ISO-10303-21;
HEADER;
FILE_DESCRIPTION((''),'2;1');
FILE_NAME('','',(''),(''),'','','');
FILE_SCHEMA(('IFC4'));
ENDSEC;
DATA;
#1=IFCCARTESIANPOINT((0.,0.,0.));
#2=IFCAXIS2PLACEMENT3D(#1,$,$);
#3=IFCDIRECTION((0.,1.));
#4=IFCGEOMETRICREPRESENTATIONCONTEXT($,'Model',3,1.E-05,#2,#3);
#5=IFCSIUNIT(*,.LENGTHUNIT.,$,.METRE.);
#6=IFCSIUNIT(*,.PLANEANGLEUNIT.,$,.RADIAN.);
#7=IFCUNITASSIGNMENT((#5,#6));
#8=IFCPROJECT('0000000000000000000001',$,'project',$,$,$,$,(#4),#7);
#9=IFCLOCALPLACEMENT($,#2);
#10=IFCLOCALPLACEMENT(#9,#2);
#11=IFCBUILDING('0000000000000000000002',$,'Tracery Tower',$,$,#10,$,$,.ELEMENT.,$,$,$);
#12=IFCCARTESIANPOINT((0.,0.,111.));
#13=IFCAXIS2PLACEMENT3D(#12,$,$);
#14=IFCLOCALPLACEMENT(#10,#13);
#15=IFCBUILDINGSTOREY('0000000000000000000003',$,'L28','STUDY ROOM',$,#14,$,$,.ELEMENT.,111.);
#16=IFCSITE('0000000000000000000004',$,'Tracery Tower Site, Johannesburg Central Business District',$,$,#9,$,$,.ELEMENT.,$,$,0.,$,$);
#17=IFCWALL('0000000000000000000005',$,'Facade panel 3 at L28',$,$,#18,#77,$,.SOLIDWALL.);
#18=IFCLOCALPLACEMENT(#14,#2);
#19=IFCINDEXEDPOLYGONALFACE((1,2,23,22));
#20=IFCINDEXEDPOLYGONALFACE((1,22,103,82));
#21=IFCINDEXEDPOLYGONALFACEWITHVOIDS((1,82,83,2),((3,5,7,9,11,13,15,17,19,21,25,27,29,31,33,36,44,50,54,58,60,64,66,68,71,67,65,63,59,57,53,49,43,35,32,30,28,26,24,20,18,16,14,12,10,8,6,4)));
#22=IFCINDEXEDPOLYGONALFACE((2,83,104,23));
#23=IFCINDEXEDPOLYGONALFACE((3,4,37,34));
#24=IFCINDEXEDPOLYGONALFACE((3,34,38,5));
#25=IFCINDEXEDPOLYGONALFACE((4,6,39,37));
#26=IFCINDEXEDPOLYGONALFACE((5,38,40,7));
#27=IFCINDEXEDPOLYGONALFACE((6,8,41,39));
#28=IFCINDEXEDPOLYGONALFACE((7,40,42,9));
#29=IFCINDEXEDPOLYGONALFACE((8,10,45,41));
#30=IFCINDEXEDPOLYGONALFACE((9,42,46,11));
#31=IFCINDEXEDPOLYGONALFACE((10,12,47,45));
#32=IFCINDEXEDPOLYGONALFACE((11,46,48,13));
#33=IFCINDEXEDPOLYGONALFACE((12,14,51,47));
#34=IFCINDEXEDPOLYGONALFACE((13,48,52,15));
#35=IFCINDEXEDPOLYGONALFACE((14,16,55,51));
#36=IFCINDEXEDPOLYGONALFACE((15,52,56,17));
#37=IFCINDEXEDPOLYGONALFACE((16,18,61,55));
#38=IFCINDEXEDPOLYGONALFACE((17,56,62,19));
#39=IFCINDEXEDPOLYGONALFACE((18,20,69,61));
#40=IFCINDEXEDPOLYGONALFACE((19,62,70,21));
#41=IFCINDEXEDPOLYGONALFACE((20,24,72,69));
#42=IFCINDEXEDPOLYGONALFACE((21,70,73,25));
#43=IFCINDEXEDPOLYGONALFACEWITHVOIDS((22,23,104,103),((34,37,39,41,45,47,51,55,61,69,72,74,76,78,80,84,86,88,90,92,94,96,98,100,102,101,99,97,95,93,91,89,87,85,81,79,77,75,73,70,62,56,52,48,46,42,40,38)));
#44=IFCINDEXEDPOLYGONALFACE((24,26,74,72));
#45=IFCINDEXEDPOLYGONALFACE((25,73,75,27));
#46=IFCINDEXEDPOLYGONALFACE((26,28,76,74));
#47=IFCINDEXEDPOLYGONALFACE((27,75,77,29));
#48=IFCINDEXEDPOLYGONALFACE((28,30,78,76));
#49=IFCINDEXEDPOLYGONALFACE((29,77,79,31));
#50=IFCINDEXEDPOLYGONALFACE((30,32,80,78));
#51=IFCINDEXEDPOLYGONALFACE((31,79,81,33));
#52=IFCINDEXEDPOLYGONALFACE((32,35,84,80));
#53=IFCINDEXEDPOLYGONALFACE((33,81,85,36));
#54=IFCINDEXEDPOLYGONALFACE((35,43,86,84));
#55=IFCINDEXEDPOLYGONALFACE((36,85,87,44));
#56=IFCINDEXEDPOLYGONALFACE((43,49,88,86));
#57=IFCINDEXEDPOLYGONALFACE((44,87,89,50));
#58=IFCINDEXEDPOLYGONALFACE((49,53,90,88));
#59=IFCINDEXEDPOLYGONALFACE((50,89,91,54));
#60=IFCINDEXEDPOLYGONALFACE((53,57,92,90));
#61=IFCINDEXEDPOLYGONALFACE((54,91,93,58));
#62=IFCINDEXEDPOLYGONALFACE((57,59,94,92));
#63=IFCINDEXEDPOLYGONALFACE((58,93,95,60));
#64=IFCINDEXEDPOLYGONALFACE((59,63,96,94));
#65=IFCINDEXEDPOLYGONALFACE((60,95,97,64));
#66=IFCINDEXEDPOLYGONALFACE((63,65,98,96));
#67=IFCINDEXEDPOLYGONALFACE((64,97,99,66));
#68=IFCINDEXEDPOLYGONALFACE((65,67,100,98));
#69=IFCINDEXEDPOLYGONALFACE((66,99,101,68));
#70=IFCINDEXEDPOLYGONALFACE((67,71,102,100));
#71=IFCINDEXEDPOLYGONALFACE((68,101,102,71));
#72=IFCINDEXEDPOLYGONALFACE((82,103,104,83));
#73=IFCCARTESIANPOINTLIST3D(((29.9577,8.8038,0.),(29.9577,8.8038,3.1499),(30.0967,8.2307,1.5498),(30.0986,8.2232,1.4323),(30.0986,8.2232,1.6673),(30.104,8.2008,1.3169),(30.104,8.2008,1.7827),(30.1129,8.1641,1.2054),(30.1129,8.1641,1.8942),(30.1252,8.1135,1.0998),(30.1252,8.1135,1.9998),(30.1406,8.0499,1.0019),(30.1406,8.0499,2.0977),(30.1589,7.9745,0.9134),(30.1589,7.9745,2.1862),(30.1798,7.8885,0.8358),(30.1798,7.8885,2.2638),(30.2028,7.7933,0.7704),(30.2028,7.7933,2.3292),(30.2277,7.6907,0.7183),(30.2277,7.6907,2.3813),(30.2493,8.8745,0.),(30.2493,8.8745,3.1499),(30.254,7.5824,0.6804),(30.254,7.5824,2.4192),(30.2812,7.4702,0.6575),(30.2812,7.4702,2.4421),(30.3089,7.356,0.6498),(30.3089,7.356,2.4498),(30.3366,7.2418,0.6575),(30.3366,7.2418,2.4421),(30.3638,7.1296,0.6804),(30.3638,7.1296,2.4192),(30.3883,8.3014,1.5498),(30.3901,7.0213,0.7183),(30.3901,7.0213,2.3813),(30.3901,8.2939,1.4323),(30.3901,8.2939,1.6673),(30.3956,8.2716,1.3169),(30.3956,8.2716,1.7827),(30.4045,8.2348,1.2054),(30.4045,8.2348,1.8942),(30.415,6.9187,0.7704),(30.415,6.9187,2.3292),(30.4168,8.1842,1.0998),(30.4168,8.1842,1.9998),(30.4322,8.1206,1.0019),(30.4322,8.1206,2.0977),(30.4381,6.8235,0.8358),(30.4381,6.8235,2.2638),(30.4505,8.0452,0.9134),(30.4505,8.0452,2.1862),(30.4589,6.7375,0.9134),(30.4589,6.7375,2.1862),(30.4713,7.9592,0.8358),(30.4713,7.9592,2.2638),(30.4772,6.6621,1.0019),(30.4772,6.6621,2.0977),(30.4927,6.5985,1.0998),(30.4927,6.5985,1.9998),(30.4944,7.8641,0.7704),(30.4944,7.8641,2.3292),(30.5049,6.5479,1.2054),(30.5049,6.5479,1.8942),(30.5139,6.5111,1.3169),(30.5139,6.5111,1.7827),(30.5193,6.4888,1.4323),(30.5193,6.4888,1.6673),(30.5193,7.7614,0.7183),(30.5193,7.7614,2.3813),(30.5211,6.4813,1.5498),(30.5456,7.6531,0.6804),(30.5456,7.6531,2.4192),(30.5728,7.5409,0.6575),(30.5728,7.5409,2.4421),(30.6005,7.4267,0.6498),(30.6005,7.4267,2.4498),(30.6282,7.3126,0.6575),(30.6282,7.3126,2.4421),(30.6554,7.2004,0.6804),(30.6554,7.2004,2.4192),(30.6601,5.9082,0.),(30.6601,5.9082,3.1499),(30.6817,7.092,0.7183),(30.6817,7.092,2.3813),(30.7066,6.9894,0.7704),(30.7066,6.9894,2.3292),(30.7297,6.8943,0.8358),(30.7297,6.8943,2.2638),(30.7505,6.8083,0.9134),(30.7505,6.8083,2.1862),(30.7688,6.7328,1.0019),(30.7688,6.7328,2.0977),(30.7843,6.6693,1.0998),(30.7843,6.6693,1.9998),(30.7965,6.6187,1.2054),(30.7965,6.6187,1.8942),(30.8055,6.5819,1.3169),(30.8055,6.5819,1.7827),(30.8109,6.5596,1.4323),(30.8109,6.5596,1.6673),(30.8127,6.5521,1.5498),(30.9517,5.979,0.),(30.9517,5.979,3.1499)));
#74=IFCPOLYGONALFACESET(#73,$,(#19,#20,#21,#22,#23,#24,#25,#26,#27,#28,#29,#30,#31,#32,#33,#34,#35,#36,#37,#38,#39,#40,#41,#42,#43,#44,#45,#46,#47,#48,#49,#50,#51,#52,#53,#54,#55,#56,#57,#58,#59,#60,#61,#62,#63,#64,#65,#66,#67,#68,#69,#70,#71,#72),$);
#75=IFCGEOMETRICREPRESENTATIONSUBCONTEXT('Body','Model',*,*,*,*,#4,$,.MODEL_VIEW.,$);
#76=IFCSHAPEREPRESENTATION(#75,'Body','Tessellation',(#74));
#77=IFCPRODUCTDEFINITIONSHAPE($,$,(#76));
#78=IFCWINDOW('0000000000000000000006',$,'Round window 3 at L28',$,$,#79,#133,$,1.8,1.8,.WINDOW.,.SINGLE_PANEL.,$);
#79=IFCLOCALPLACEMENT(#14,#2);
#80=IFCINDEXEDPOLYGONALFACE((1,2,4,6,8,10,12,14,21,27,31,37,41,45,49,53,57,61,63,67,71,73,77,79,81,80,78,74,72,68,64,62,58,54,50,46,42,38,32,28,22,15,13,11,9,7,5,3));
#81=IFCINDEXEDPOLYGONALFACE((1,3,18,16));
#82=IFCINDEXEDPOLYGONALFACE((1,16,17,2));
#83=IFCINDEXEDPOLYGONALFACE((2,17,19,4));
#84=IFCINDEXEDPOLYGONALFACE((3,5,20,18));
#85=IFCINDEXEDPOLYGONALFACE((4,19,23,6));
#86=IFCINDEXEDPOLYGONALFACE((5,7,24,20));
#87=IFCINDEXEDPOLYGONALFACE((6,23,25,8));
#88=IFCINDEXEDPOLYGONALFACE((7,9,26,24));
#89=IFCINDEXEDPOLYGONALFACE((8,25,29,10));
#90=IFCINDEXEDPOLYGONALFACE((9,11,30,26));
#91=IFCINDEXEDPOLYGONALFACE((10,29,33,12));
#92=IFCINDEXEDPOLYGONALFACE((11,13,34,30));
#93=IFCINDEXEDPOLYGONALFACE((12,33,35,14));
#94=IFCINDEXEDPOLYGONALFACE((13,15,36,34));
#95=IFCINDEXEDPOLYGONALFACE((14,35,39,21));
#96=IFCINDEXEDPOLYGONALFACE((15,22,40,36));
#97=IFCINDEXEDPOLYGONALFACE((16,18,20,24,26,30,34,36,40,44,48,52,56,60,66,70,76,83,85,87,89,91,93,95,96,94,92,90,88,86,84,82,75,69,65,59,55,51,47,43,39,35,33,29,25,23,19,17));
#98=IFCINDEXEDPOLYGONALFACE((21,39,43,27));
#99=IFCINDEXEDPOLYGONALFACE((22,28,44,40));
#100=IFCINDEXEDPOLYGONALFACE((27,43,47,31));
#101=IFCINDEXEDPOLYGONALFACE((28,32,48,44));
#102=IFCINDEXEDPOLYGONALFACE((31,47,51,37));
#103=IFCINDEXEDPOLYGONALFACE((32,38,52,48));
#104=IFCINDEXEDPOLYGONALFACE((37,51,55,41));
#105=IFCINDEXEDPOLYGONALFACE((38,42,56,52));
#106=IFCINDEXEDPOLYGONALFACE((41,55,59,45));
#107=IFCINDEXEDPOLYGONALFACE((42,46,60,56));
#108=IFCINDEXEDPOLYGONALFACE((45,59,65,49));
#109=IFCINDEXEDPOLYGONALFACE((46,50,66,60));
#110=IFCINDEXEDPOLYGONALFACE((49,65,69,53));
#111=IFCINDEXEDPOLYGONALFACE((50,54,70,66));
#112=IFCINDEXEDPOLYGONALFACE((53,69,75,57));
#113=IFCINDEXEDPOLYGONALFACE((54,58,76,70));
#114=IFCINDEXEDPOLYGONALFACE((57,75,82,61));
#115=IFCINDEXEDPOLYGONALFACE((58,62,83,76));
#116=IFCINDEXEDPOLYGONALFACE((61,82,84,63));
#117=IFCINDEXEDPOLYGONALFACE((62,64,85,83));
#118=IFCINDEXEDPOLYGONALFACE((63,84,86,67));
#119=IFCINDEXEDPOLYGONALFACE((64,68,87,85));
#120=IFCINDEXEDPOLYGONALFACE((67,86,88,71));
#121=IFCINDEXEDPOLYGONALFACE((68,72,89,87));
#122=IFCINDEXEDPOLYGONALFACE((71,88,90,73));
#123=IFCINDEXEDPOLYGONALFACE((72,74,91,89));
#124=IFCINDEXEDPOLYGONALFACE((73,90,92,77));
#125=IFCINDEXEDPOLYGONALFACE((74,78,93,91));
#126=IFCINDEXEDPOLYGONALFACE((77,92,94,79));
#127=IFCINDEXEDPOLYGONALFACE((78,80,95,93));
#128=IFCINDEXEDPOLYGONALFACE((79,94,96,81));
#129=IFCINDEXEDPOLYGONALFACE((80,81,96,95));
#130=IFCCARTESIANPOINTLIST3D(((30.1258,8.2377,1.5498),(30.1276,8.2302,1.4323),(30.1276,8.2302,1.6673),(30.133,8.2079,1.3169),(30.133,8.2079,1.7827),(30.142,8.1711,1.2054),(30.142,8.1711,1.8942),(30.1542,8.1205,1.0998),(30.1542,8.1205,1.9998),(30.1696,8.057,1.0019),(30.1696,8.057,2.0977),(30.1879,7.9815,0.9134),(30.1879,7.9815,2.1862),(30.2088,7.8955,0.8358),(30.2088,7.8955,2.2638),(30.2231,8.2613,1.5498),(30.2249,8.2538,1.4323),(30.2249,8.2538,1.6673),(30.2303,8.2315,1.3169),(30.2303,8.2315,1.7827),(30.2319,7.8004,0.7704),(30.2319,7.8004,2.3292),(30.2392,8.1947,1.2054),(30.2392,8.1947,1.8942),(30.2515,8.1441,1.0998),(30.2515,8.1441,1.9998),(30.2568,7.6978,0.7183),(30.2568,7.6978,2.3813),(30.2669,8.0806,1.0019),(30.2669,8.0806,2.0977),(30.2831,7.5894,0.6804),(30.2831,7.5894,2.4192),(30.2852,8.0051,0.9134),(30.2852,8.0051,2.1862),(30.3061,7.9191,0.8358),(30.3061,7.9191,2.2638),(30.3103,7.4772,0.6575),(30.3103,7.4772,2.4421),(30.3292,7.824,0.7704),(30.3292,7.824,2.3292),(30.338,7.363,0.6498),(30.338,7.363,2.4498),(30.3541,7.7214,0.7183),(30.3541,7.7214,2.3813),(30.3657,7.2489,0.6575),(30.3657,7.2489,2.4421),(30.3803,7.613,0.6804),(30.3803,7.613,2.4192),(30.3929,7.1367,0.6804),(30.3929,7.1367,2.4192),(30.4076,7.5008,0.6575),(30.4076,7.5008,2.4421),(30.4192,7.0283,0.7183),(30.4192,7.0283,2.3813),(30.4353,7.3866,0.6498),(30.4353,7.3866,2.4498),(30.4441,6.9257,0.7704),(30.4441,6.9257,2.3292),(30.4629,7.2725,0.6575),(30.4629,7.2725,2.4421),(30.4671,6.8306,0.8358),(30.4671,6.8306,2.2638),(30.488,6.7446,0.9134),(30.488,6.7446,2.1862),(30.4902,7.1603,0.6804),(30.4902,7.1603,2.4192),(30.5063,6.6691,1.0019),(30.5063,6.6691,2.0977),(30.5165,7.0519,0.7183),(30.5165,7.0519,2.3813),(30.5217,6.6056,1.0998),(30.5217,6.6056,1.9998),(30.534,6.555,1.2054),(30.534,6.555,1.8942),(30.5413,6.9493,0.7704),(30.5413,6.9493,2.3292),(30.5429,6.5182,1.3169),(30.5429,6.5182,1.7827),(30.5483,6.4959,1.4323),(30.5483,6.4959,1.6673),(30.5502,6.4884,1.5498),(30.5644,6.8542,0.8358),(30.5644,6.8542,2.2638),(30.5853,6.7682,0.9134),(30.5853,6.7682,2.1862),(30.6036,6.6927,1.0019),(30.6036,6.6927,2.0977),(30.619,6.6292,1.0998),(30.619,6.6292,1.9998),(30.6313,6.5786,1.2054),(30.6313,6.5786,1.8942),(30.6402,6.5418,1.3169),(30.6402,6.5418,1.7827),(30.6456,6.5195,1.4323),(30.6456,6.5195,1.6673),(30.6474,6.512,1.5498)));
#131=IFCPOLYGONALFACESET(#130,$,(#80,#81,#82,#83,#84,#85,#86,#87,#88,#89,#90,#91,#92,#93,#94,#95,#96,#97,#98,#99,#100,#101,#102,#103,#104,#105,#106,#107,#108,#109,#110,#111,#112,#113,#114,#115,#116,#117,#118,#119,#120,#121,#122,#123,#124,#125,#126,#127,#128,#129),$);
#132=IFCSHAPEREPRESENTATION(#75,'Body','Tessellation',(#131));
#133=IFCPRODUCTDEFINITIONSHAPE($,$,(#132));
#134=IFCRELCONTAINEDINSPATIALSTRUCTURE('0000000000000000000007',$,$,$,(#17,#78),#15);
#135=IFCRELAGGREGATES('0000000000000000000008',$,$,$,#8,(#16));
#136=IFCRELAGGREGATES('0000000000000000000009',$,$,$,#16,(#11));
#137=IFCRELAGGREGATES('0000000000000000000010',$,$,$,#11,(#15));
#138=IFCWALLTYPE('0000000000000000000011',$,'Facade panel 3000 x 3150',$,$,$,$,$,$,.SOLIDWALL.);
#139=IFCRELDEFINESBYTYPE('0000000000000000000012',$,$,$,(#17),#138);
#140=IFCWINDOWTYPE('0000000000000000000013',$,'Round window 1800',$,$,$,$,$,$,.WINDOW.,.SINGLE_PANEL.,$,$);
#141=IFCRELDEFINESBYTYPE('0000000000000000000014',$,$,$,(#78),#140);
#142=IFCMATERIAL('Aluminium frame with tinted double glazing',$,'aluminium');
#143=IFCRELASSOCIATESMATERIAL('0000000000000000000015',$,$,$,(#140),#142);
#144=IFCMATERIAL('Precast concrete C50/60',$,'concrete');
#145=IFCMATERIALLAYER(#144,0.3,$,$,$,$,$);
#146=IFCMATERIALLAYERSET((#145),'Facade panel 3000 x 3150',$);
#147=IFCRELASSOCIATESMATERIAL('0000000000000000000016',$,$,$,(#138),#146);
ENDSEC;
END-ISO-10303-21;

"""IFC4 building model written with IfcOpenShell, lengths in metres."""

from ifc_helpers import new_model, si_unit, direction, frame, frame_2d, origin, origin_2d, place, context, subcontext, project, spatial, rectangle, circle, extrude, material, layer, layer_set, type_object, element, fill, save


model = new_model("IFC4")

# Units and contexts
model_context = context("Model", 3, precision=1e-05, world=origin(), true_north=direction((0.0, 1.0)))
body_context = subcontext(model_context, "Body", "Model", "MODEL_VIEW")
ifc_project = project(units=[si_unit("LENGTHUNIT", "METRE"), si_unit("PLANEANGLEUNIT", "RADIAN")], contexts=[model_context])

# Site, building, storey
site_placement = place(None, origin())
site = spatial("IfcSite", under=ifc_project, at=site_placement, Name="Tracery Tower Site, Johannesburg Central Business District", CompositionType="ELEMENT", RefElevation=0.0)
building_placement = place(site_placement, origin())
building = spatial("IfcBuilding", under=site, at=building_placement, Name="Tracery Tower", CompositionType="ELEMENT")
storey_placement = place(building_placement, frame((0.0, 0.0, 111.0)))
storey = spatial("IfcBuildingStorey", under=building, at=storey_placement, Name="L28", Description="STUDY ROOM", CompositionType="ELEMENT", Elevation=111.0)

# Wall, opening, window
ifc_material_1 = material(Name="Aluminium frame with tinted double glazing", Category="aluminium")
window_type = type_object("IfcWindowType", Name="Round window 1800", PartitioningType="SINGLE_PANEL", PredefinedType="WINDOW", material=ifc_material_1)
ifc_material_2 = material(Name="Precast concrete C50/60", Category="concrete")
ifc_layer_1 = layer(ifc_material_2, 0.3)
ifc_layer_set_1 = layer_set([ifc_layer_1], Name="Facade panel 3000 x 3150")
wall_type_1 = type_object("IfcWallType", Name="Facade panel 3000 x 3150", PredefinedType="SOLIDWALL", material=ifc_layer_set_1)
wall_1_placement = place(storey_placement, frame((30.8059, 5.9436, 0.0), z_axis=(0.0, 0.0, 1.0), x_axis=(-0.235743, 0.971815, 0.0)))
wall_1 = element("IfcWall", 1, at=wall_1_placement, inside=storey, type_object=wall_type_1, Name="Facade panel 3 at L28", PredefinedType="SOLIDWALL", context=body_context, shape_type="SweptSolid", body=[
    extrude(rectangle(XDim=2.9795, YDim=0.3, at=frame_2d((1.4897, 0.0))), origin(), (0.0, 0.0, 1.0), 3.1499),
])
opening_1_placement = place(wall_1_placement, frame((1.4897, 0.0, 1.5498)))
opening_1 = element("IfcOpeningElement", 2, at=opening_1_placement, cuts=wall_1, PredefinedType="OPENING", context=body_context, shape_type="SweptSolid", body=[
    extrude(circle(Radius=0.9, at=origin_2d()), frame((0.0, 0.1599, 0.0), z_axis=(0.0, -1.0, 0.0), x_axis=(1.0, 0.0, 0.0)), (0.0, 0.0, 1.0), 0.3201),
])
window_1_placement = place(opening_1_placement, origin())
window_1 = element("IfcWindow", 3, at=window_1_placement, inside=storey, type_object=window_type, Name="Round window 3 at L28", OverallHeight=1.8, OverallWidth=1.8, PartitioningType="SINGLE_PANEL", PredefinedType="WINDOW", context=body_context, shape_type="SweptSolid", body=[
    extrude(circle(Radius=0.9, at=origin_2d()), frame((0.0, 0.1201, 0.0), z_axis=(0.0, -1.0, 0.0), x_axis=(1.0, 0.0, 0.0)), (0.0, 0.0, 1.0), 0.1001),
])
fill(opening_1, window_1)

save(model, "model.ifc")
